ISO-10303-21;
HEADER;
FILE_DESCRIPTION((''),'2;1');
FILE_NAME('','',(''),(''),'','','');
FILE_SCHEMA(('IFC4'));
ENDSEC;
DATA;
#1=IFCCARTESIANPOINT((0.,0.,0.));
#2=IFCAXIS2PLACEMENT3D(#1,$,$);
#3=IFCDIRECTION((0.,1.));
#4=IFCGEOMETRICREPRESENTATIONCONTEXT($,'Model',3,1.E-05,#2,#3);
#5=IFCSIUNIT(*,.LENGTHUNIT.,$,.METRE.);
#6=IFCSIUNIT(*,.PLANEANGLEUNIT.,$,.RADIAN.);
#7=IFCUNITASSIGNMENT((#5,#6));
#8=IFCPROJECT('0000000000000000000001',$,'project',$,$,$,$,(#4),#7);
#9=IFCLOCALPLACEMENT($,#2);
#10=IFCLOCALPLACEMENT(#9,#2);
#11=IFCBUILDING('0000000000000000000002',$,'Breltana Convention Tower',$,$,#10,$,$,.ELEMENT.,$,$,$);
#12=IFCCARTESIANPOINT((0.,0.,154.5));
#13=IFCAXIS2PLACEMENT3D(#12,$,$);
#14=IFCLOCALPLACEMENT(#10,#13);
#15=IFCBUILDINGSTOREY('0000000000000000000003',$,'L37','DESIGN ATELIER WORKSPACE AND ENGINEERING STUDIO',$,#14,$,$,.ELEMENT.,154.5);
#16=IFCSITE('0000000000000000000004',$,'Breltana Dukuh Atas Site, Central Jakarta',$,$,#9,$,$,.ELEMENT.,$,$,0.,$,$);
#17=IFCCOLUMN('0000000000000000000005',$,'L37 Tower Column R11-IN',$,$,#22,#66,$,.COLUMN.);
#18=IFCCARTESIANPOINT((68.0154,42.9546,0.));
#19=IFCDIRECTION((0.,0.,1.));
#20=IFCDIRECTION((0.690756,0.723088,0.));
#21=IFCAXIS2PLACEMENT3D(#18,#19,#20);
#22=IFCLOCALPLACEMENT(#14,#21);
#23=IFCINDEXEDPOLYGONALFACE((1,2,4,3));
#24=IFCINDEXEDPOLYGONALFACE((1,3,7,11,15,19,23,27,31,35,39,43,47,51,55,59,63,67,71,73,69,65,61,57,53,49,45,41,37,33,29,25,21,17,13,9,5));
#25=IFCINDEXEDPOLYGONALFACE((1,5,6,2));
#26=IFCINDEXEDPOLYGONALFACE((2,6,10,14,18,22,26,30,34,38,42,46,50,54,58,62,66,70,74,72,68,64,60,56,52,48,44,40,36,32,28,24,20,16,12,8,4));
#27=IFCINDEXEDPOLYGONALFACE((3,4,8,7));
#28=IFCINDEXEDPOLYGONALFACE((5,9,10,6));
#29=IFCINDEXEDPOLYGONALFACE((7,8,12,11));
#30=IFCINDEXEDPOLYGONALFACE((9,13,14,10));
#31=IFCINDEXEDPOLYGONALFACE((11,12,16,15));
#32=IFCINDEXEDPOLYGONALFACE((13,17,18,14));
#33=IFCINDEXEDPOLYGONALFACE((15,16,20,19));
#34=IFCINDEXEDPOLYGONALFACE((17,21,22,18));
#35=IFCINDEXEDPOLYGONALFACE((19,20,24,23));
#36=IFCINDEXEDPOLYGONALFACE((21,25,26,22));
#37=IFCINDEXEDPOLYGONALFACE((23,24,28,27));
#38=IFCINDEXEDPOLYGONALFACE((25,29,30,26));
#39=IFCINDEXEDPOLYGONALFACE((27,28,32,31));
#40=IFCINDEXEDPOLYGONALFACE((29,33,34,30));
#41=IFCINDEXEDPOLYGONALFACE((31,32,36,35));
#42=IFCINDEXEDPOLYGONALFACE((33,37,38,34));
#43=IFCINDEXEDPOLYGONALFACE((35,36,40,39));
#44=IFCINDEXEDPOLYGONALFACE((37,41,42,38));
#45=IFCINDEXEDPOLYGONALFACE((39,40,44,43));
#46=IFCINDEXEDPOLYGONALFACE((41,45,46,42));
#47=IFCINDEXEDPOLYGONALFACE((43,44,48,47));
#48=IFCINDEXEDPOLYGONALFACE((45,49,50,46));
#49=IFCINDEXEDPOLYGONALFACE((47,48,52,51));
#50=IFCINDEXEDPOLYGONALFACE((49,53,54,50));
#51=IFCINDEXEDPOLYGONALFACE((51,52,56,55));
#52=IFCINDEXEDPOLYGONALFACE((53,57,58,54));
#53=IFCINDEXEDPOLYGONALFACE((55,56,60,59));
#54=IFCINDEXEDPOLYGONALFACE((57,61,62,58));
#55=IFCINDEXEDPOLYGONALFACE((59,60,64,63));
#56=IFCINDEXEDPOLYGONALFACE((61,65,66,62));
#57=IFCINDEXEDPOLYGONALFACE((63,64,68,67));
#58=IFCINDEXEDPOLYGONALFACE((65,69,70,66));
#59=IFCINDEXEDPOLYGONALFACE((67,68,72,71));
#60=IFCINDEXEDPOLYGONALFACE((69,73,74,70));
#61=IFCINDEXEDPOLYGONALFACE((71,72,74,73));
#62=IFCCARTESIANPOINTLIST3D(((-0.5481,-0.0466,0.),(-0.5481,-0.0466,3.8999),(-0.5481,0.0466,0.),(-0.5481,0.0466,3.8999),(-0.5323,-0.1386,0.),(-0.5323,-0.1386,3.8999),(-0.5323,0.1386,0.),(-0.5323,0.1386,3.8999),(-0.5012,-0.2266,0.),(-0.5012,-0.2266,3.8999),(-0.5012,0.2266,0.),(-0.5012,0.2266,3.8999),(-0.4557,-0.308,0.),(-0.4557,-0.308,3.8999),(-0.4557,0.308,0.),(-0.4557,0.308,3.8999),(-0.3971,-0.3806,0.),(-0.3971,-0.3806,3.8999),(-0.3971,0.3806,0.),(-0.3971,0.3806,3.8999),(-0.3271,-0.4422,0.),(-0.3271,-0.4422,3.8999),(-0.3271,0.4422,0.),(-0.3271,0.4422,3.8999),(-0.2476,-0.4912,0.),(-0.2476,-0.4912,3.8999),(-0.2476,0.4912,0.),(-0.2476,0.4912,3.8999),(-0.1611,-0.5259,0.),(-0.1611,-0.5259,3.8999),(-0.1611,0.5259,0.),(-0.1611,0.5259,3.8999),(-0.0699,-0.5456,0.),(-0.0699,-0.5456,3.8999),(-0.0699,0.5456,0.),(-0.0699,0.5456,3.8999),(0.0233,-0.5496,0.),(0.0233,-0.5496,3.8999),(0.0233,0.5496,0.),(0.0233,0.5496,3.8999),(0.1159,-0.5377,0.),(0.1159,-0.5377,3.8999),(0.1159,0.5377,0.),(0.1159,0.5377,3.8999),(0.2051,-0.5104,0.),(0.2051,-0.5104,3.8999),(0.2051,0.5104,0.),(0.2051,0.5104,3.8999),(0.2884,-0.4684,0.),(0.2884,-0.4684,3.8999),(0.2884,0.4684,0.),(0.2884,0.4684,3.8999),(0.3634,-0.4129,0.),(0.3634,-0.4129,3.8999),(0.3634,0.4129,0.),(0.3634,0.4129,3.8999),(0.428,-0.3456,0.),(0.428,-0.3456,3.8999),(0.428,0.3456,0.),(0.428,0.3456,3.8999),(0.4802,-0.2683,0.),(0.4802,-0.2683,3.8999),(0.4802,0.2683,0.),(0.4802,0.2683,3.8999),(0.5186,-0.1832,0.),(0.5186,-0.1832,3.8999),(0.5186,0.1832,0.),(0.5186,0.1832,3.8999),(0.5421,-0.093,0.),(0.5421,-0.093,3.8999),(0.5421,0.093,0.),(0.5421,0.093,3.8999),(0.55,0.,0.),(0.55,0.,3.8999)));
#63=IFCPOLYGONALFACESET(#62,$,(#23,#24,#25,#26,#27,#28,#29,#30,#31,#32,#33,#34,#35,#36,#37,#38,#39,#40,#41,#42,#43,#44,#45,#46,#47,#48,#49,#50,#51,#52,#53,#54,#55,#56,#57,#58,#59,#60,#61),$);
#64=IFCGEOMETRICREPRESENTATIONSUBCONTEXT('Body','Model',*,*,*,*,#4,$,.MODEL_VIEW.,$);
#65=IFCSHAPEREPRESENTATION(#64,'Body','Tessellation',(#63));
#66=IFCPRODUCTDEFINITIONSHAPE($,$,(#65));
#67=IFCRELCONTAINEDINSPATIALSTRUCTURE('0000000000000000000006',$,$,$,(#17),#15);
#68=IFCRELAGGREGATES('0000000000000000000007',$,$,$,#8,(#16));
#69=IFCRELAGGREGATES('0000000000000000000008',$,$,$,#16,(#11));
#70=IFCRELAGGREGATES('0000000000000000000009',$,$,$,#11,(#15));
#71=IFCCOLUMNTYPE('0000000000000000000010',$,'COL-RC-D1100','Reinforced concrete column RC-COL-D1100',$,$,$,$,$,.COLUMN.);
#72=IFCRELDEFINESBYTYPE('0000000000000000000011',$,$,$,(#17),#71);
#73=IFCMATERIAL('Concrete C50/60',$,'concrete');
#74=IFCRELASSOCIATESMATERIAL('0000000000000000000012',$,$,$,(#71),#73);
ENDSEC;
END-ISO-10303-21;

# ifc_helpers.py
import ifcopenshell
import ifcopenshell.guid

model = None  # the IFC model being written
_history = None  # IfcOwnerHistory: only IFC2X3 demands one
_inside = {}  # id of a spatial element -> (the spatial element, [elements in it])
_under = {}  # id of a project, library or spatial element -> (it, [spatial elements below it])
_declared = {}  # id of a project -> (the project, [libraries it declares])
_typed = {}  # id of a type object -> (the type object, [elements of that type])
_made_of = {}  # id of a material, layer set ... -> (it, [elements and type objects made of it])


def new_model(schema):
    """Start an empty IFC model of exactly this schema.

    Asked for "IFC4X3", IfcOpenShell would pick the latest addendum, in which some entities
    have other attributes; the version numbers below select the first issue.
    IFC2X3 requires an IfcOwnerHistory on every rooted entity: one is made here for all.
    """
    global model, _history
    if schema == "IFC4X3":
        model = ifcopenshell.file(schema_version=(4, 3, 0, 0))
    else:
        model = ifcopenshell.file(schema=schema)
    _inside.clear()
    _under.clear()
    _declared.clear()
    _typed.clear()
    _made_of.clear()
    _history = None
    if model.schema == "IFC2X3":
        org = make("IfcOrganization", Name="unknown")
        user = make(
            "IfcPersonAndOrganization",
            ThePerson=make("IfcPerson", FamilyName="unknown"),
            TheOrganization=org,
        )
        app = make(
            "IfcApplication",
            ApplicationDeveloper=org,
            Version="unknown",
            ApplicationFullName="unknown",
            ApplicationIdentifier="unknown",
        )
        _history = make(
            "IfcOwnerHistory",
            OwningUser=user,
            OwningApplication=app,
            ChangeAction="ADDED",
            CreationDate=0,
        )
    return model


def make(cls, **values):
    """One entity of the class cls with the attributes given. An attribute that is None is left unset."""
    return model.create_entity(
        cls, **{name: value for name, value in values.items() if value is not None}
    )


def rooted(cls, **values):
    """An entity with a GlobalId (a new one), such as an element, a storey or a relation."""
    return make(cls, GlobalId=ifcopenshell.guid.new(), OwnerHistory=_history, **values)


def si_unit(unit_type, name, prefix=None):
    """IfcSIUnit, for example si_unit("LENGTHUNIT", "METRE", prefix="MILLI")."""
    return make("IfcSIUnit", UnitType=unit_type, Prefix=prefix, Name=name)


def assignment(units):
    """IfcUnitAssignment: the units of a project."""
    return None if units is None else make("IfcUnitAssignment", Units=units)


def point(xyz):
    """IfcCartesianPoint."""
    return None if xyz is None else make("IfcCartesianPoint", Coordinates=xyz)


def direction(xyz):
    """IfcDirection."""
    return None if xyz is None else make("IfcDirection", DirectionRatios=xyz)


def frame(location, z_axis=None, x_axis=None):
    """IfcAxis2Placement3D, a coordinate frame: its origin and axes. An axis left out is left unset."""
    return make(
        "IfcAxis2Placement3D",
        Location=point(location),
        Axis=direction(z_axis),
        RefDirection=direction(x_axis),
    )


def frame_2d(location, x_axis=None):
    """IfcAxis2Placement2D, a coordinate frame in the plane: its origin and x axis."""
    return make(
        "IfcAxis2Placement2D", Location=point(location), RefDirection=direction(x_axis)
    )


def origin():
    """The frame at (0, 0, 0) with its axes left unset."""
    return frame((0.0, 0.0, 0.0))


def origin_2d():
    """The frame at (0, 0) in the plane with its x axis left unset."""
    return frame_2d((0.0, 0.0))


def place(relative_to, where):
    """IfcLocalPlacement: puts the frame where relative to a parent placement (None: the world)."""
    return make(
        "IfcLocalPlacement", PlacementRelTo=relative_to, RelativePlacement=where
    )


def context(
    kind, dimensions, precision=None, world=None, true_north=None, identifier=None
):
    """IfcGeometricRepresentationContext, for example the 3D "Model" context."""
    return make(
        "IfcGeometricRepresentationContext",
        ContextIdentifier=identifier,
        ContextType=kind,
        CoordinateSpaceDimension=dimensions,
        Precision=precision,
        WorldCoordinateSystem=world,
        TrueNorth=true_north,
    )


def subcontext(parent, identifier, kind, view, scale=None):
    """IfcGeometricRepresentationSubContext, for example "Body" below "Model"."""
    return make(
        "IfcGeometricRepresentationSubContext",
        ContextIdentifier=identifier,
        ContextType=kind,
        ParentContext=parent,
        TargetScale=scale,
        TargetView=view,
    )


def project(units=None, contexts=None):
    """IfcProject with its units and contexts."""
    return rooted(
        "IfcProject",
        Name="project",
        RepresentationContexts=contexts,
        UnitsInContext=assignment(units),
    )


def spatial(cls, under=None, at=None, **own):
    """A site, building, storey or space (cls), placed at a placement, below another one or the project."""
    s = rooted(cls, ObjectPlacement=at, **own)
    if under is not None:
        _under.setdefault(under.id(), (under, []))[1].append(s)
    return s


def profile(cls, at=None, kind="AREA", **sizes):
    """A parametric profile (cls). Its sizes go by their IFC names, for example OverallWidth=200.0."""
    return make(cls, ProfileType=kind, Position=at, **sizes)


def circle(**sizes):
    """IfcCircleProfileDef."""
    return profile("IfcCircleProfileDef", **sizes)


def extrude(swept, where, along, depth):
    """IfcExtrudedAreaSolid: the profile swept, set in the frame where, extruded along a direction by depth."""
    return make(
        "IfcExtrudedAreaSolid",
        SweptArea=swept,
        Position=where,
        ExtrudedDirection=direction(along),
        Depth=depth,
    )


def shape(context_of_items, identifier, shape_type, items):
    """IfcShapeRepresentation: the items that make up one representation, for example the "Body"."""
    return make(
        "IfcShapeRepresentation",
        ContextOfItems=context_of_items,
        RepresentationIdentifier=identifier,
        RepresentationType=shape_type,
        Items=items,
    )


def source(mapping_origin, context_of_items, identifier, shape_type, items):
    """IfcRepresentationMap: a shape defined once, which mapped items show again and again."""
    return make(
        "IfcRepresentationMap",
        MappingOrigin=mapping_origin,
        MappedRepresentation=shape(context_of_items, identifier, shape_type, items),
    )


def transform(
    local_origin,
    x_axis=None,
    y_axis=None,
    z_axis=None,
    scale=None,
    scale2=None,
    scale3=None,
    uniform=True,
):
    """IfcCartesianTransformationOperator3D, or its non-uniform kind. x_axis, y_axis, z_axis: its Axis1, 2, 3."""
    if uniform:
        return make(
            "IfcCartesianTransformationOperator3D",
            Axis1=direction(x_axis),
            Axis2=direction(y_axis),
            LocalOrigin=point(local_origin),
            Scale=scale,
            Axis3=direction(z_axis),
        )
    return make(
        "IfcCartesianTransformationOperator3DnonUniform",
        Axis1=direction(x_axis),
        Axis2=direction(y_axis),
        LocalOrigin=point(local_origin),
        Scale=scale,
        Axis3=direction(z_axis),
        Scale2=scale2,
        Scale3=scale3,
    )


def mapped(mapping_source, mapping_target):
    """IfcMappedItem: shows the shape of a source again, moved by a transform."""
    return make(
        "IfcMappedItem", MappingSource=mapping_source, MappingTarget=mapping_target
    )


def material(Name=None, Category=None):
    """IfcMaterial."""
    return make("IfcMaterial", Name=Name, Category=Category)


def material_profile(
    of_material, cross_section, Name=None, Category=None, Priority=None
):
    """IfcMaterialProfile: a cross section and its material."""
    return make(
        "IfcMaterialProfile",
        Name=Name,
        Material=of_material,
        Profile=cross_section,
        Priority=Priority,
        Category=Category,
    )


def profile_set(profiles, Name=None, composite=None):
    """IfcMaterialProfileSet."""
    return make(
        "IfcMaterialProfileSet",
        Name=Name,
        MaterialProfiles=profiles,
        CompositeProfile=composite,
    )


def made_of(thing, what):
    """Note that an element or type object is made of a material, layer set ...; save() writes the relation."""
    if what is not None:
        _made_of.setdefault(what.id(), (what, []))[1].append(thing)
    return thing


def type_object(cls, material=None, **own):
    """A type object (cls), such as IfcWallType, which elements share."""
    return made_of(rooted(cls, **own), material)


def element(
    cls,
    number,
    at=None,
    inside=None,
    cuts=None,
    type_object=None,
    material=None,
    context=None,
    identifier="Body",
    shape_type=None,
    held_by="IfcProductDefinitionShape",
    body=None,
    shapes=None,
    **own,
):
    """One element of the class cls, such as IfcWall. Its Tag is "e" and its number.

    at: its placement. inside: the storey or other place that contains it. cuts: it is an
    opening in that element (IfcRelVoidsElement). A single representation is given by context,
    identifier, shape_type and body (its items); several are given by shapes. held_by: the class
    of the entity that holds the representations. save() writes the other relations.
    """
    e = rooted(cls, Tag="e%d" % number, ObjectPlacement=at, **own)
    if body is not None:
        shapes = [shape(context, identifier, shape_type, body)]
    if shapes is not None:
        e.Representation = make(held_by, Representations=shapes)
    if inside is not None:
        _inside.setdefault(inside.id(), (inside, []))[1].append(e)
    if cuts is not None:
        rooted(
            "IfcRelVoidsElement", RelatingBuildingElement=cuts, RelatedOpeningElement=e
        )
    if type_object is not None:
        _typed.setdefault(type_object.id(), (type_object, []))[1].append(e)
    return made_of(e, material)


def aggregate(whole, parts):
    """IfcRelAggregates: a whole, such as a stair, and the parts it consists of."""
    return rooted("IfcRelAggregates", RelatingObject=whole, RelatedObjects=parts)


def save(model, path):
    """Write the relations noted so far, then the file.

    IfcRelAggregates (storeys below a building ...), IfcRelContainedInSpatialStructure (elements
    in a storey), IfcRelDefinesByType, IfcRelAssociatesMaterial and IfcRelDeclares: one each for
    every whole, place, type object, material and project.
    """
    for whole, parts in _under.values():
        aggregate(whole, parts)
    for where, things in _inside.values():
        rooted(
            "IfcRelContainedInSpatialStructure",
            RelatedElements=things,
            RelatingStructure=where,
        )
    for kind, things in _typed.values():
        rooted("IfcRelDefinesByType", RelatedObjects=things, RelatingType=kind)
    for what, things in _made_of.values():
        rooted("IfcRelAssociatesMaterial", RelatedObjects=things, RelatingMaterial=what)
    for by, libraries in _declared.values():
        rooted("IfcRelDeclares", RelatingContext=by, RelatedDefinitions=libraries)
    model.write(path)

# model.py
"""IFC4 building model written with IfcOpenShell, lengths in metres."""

from ifc_helpers import new_model, si_unit, direction, frame, origin, origin_2d, place, context, subcontext, project, spatial, circle, extrude, source, transform, mapped, material, material_profile, profile_set, type_object, element, save


model = new_model("IFC4")

# Units and contexts
model_context = context("Model", 3, precision=1e-05, world=origin(), true_north=direction((0.0, 1.0)))
body_context = subcontext(model_context, "Body", "Model", "MODEL_VIEW")
ifc_project = project(units=[si_unit("LENGTHUNIT", "METRE"), si_unit("PLANEANGLEUNIT", "RADIAN")], contexts=[model_context])

# Site, building, storey
site_placement = place(None, origin())
site = spatial("IfcSite", under=ifc_project, at=site_placement, Name="Breltana Dukuh Atas Site, Central Jakarta", CompositionType="ELEMENT", RefElevation=0.0)
building_placement = place(site_placement, origin())
building = spatial("IfcBuilding", under=site, at=building_placement, Name="Breltana Convention Tower", CompositionType="ELEMENT")
storey_placement = place(building_placement, frame((0.0, 0.0, 154.5)))
storey = spatial("IfcBuildingStorey", under=building, at=storey_placement, Name="L37", Description="DESIGN ATELIER WORKSPACE AND ENGINEERING STUDIO", CompositionType="ELEMENT", Elevation=154.5)

# Column
ifc_material_1 = material(Name="Concrete C50/60", Category="concrete")
ifc_material_profile_1 = material_profile(ifc_material_1, circle(Radius=0.55, at=origin_2d()), Name="RC-COL-D1100")
ifc_profile_set_1 = profile_set([ifc_material_profile_1], Name="Concrete C50/60")
column_type = type_object("IfcColumnType", Name="COL-RC-D1100", Description="Reinforced concrete column RC-COL-D1100", PredefinedType="COLUMN", material=ifc_profile_set_1)
shared_shape_1 = source(origin(), body_context, "Body", "SweptSolid", [
    extrude(circle(Radius=0.55, at=origin_2d()), origin(), (0.0, 0.0, 1.0), 3.8999),
])
column_placement = place(storey_placement, frame((68.0154, 42.9546, 0.0), z_axis=(0.0, 0.0, 1.0), x_axis=(0.690756, 0.723088, 0.0)))
element("IfcColumn", 1, at=column_placement, inside=storey, type_object=column_type, Name="L37 Tower Column R11-IN", PredefinedType="COLUMN", context=body_context, shape_type="MappedRepresentation", body=[
    mapped(shared_shape_1, transform((0.0, 0.0, 0.0), scale=1.0)),
])

save(model, "model.ifc")
